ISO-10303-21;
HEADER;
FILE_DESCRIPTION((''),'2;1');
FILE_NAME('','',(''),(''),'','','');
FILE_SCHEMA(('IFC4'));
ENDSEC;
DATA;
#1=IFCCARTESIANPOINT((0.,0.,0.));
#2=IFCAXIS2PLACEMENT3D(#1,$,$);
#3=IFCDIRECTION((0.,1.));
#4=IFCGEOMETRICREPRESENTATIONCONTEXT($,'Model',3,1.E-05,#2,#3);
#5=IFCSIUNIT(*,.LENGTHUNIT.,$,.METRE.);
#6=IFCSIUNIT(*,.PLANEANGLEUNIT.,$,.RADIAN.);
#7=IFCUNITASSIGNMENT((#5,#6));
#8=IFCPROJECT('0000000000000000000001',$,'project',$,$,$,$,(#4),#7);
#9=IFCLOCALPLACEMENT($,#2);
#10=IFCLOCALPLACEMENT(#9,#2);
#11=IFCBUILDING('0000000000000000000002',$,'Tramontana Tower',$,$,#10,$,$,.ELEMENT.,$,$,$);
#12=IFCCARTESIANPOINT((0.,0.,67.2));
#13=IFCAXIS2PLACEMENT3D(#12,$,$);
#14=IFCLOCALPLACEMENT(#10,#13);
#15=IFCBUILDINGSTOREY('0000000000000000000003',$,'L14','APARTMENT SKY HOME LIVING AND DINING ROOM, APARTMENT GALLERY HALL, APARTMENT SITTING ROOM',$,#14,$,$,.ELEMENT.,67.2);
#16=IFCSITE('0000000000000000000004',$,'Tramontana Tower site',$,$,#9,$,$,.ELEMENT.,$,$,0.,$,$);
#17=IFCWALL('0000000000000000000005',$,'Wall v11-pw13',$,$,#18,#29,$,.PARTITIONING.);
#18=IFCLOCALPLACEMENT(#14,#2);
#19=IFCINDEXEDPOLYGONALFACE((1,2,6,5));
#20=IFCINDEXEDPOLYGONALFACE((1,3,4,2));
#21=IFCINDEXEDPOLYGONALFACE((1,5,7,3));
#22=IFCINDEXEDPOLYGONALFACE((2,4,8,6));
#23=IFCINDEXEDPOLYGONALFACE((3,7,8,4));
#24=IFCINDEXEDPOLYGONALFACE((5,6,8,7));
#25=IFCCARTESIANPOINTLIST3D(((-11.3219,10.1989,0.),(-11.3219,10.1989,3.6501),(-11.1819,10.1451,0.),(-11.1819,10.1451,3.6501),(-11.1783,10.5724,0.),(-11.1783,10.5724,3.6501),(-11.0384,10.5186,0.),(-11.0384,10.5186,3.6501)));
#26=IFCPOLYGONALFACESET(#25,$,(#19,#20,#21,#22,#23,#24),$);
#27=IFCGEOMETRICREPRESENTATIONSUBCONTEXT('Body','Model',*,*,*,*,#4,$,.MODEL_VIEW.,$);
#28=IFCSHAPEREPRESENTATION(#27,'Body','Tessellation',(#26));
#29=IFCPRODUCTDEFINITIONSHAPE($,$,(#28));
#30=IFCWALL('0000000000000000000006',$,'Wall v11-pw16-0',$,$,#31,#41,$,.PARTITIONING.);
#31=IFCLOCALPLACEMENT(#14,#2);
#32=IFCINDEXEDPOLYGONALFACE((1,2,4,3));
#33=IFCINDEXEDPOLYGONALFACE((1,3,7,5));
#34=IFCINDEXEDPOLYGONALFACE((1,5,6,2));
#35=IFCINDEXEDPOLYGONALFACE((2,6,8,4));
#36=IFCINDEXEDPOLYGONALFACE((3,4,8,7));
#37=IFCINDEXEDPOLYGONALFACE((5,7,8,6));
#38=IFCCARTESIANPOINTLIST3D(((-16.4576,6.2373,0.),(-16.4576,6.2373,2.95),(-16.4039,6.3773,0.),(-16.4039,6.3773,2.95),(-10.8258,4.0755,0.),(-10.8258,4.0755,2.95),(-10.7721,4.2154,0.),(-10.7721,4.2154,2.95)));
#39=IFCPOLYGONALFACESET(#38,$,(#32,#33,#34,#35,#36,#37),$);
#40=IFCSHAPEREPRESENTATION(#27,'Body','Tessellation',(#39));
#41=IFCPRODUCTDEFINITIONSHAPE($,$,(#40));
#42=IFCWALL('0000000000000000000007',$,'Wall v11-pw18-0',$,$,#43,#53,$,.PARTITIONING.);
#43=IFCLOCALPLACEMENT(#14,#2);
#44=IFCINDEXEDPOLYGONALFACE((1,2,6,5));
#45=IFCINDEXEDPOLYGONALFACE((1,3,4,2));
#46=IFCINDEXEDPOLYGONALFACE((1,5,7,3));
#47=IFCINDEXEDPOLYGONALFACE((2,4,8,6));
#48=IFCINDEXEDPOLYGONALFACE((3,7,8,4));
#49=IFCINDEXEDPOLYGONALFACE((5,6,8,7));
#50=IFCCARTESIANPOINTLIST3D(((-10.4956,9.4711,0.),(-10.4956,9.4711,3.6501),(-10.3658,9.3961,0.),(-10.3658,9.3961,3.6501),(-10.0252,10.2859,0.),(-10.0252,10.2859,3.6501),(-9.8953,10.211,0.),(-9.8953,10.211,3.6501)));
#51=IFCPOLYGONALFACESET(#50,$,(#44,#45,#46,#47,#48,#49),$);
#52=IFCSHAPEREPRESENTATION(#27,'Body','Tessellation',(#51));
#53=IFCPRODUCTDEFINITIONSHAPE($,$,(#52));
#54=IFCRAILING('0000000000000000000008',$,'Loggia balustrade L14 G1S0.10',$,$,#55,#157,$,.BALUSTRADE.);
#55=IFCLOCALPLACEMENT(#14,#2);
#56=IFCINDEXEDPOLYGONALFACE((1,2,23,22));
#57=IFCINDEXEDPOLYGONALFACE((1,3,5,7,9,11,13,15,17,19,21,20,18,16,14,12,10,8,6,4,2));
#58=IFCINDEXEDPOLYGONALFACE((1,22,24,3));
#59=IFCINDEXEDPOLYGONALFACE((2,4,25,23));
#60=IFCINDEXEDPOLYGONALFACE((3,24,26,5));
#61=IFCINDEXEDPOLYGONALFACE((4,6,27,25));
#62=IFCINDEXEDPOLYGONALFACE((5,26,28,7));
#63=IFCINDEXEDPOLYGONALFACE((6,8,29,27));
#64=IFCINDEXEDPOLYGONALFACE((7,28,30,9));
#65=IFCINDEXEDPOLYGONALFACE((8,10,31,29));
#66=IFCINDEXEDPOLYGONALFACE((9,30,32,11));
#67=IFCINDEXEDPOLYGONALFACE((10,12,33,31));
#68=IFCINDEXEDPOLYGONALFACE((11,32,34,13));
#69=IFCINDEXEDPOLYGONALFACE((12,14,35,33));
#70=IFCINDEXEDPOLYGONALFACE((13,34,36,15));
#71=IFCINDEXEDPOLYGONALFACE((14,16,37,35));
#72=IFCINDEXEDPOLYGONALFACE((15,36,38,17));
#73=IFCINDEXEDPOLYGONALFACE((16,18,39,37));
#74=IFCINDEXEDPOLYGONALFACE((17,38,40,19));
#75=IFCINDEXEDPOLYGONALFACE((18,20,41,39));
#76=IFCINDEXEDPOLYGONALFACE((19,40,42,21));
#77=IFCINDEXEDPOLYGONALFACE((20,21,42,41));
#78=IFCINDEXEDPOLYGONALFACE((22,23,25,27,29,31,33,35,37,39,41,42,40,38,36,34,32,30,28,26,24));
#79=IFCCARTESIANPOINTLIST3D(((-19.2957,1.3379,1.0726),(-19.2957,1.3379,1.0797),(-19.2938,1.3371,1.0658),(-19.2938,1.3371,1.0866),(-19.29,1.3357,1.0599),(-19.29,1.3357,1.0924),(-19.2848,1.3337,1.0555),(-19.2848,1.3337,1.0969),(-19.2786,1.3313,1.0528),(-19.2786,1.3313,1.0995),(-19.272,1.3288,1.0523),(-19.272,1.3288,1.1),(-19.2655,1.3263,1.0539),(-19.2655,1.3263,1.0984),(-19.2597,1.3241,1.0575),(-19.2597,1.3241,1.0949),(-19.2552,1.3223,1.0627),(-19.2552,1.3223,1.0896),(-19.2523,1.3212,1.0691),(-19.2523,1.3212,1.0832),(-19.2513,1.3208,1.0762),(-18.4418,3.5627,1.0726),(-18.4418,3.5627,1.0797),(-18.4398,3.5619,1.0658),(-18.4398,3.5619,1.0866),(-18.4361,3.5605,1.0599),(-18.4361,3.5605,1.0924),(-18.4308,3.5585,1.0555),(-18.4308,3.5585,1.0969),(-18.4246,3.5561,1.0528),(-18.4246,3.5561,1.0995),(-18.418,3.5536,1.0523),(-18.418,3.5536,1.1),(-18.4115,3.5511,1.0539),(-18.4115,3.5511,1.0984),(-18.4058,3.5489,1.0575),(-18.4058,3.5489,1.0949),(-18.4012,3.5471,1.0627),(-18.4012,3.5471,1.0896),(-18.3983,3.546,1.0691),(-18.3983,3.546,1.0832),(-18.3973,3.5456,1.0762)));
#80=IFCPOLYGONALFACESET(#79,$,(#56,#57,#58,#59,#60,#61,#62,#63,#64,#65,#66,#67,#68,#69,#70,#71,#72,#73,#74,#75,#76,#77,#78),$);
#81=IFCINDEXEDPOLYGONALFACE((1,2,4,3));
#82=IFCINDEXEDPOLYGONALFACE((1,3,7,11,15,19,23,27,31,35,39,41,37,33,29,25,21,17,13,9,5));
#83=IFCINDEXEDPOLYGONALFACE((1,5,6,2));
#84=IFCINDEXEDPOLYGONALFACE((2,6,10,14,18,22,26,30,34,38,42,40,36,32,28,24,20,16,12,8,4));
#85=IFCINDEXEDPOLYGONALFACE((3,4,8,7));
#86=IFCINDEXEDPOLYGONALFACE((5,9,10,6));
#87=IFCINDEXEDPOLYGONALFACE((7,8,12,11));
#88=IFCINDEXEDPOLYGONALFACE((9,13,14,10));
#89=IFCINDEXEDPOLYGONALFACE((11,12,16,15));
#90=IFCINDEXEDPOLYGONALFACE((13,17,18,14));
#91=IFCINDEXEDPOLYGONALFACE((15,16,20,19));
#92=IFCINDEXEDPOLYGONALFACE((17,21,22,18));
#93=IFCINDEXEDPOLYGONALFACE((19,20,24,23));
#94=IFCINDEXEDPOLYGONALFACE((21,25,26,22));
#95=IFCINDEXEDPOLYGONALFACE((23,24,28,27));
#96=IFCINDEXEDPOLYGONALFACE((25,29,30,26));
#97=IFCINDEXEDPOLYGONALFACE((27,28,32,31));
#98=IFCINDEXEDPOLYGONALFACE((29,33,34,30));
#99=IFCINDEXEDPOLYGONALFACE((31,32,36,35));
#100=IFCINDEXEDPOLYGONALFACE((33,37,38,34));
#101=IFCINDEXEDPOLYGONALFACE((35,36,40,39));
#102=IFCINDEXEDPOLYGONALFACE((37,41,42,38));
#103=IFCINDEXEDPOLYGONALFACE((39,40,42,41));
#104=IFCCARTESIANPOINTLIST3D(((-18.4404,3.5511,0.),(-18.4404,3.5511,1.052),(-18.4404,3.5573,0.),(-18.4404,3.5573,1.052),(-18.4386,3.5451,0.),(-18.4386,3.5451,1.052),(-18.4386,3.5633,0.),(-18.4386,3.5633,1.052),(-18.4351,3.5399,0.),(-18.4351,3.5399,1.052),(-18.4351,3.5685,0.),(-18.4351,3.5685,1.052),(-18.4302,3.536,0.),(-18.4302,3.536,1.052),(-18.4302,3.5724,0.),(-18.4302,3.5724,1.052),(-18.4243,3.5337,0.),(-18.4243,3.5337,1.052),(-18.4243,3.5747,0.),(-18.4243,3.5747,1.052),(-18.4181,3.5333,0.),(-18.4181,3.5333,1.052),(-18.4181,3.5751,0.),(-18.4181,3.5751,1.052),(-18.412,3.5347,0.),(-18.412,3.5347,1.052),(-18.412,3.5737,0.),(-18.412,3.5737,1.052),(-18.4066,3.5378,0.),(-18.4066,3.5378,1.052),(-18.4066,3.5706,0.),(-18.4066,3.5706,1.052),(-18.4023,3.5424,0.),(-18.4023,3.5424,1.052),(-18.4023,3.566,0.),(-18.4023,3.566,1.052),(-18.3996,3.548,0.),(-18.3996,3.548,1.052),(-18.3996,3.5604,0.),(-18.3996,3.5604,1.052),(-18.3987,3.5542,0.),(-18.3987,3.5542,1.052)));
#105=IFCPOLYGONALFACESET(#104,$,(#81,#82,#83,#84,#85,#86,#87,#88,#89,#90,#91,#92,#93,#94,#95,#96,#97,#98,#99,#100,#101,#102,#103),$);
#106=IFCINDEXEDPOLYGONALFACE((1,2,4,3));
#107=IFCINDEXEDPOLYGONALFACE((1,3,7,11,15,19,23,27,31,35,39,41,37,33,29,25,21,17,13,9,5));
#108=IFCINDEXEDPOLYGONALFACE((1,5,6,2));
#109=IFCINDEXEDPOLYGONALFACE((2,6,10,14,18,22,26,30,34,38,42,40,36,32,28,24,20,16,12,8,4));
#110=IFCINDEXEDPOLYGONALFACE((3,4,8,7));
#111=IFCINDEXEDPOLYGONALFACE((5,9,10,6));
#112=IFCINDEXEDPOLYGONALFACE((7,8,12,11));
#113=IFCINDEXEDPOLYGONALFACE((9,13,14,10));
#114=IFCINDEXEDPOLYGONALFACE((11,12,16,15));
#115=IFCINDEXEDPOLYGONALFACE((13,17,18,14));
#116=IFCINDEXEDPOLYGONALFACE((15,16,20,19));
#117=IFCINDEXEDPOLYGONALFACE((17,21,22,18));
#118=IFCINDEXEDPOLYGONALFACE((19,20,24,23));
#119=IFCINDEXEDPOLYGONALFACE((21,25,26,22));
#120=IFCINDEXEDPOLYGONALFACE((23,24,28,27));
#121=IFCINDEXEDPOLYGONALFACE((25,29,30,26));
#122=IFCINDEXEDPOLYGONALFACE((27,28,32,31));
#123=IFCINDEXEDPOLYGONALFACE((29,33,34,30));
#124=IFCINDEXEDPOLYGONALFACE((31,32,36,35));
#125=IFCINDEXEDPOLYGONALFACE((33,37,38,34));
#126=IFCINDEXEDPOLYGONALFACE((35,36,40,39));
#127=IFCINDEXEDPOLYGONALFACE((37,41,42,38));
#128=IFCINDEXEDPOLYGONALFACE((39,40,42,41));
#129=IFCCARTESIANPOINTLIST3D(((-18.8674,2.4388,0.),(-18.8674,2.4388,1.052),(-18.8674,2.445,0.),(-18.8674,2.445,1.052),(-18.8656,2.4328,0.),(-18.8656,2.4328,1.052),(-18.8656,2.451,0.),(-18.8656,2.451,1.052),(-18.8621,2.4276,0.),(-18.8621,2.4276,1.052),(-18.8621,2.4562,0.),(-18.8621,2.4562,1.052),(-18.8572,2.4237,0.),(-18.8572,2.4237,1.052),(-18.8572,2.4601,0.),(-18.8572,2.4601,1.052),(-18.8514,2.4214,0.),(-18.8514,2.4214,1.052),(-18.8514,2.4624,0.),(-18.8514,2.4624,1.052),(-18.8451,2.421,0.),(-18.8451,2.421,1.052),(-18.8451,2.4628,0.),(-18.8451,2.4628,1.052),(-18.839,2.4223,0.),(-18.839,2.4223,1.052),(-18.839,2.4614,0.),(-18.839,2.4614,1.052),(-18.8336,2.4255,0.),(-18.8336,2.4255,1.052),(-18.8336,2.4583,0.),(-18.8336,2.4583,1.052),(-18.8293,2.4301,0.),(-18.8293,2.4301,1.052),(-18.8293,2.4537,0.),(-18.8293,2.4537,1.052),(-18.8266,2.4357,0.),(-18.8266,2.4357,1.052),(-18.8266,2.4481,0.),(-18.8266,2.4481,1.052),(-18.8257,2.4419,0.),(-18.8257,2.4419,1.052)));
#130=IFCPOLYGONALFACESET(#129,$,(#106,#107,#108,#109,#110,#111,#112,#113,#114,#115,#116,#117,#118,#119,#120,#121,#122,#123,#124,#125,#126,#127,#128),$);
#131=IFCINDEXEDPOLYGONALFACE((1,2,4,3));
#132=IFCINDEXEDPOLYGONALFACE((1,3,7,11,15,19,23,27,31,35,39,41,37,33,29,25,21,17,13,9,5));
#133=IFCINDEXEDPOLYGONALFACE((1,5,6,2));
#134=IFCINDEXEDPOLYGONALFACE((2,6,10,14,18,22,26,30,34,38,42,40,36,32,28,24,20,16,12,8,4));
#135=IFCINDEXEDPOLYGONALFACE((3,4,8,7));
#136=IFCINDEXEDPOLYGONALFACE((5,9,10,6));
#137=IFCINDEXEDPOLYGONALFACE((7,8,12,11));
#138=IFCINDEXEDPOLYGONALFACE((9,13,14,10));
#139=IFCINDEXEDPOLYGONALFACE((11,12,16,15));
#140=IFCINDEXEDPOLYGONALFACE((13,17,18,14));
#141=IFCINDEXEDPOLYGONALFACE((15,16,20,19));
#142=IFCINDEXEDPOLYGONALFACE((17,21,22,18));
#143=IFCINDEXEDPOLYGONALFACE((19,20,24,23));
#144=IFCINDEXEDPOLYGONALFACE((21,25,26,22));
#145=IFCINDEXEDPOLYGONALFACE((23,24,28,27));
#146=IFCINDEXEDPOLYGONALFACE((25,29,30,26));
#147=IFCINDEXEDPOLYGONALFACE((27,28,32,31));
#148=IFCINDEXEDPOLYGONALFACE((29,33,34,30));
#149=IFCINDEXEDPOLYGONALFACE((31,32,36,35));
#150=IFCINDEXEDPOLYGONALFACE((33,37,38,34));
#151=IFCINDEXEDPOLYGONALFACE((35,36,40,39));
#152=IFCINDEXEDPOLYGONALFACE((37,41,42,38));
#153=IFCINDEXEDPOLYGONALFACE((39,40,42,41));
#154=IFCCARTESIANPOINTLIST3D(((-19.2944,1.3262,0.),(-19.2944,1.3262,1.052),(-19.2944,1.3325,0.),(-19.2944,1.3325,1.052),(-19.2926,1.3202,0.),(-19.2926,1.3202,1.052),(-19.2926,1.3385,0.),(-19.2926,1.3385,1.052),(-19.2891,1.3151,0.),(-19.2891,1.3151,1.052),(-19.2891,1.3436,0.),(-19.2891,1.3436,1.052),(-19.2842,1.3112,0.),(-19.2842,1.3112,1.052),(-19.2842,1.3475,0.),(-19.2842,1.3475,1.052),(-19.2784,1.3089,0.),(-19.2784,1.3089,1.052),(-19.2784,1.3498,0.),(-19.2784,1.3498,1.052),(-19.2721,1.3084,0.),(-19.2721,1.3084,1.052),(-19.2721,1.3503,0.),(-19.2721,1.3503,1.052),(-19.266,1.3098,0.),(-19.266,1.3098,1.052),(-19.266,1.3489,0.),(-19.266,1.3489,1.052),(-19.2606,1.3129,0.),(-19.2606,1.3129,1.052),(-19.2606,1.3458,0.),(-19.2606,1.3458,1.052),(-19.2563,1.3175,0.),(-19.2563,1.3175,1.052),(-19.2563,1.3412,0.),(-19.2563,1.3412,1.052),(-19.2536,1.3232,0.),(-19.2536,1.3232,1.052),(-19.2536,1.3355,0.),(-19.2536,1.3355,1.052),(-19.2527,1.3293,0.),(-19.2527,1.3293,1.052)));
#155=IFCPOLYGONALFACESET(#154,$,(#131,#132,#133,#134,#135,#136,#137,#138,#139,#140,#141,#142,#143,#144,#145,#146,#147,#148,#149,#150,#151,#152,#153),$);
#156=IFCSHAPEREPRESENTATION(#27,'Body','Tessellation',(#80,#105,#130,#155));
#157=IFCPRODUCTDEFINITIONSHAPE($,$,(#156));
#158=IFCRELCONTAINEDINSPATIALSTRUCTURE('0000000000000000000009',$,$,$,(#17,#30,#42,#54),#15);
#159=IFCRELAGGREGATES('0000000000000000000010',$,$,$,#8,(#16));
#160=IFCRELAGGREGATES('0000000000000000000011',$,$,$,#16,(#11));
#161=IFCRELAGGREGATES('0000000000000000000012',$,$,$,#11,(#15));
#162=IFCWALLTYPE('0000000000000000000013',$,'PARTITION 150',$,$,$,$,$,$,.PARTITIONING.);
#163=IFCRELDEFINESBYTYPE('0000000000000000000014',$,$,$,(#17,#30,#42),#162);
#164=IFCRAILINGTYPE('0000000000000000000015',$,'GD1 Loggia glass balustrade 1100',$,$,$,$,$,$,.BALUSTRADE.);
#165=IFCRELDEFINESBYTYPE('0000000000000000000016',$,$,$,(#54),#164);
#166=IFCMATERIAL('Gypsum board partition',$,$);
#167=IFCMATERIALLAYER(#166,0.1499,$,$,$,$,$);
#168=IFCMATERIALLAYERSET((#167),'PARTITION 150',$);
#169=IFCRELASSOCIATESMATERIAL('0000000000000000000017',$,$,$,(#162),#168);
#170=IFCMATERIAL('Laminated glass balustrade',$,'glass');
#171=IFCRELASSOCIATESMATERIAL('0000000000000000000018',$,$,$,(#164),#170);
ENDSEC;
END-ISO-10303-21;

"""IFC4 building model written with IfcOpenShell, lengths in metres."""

from ifc_helpers import new_model, si_unit, direction, frame, frame_2d, origin, origin_2d, place, context, subcontext, project, spatial, rectangle, circle, extrude, material, layer, layer_set, type_object, element, save


model = new_model("IFC4")

# Units and contexts
model_context = context("Model", 3, precision=1e-05, world=origin(), true_north=direction((0.0, 1.0)))
body_context = subcontext(model_context, "Body", "Model", "MODEL_VIEW")
ifc_project = project(units=[si_unit("LENGTHUNIT", "METRE"), si_unit("PLANEANGLEUNIT", "RADIAN")], contexts=[model_context])

# Site, building, storey
site_placement = place(None, origin())
site = spatial("IfcSite", under=ifc_project, at=site_placement, Name="Tramontana Tower site", CompositionType="ELEMENT", RefElevation=0.0)
building_placement = place(site_placement, origin())
building = spatial("IfcBuilding", under=site, at=building_placement, Name="Tramontana Tower", CompositionType="ELEMENT")
storey_placement = place(building_placement, frame((0.0, 0.0, 67.2)))
storey = spatial("IfcBuildingStorey", under=building, at=storey_placement, Name="L14", Description="APARTMENT SKY HOME LIVING AND DINING ROOM, APARTMENT GALLERY HALL, APARTMENT SITTING ROOM", CompositionType="ELEMENT", Elevation=67.2)

# Shared definitions
ifc_material_1 = material(Name="Gypsum board partition")
ifc_layer_1 = layer(ifc_material_1, 0.1499)
ifc_layer_set_1 = layer_set([ifc_layer_1], Name="PARTITION 150")
wall_type_1 = type_object("IfcWallType", Name="PARTITION 150", PredefinedType="PARTITIONING", material=ifc_layer_set_1)

# Walls
wall_1_placement = place(storey_placement, frame((-11.252, 10.1719, 0.0), z_axis=(0.0, 0.0, 1.0), x_axis=(0.358734, 0.93344, 0.0)))
element("IfcWall", 1, at=wall_1_placement, inside=storey, type_object=wall_type_1, Name="Wall v11-pw13", PredefinedType="PARTITIONING", context=body_context, shape_type="SweptSolid", body=[
    extrude(rectangle(XDim=0.4001, YDim=0.1499, at=frame_2d((0.2002, 0.0))), origin(), (0.0, 0.0, 1.0), 3.6501),
])
wall_2_placement = place(storey_placement, frame((-10.7991, 4.1455, 0.0), z_axis=(0.0, 0.0, 1.0), x_axis=(-0.93358, 0.358369, 0.0)))
element("IfcWall", 2, at=wall_2_placement, inside=storey, type_object=wall_type_1, Name="Wall v11-pw16-0", PredefinedType="PARTITIONING", context=body_context, shape_type="SweptSolid", body=[
    extrude(rectangle(XDim=6.0325, YDim=0.1499, at=frame_2d((3.0161, 0.0))), origin(), (0.0, 0.0, 1.0), 2.95),
])
wall_3_placement = place(storey_placement, frame((-10.4307, 9.4336, 0.0), z_axis=(0.0, 0.0, 1.0), x_axis=(0.499962, 0.866047, 0.0)))
element("IfcWall", 3, at=wall_3_placement, inside=storey, type_object=wall_type_1, Name="Wall v11-pw18-0", PredefinedType="PARTITIONING", context=body_context, shape_type="SweptSolid", body=[
    extrude(rectangle(XDim=0.9409, YDim=0.1499, at=frame_2d((0.4705, 0.0))), origin(), (0.0, 0.0, 1.0), 3.6501),
])

# Railing
ifc_material_2 = material(Name="Laminated glass balustrade", Category="glass")
railing_type = type_object("IfcRailingType", Name="GD1 Loggia glass balustrade 1100", PredefinedType="BALUSTRADE", material=ifc_material_2)
railing_placement = place(storey_placement, frame((-18.4197, 3.5542, 0.0)))
element("IfcRailing", 4, at=railing_placement, inside=storey, type_object=railing_type, Name="Loggia balustrade L14 G1S0.10", PredefinedType="BALUSTRADE", context=body_context, shape_type="SweptSolid", body=[
    extrude(circle(Radius=0.0239, at=origin_2d()), frame((0.0, 0.0, 1.0762), z_axis=(-0.358354, -0.933586, 0.0), x_axis=(0.933586, -0.358354, 0.0)), (0.0, 0.0, 1.0), 2.3831),
    extrude(circle(Radius=0.021, at=origin_2d()), origin(), (0.0, 0.0, 1.0), 1.052),
    extrude(circle(Radius=0.021, at=origin_2d()), frame((-0.427, -1.1123, 0.0)), (0.0, 0.0, 1.0), 1.052),
    extrude(circle(Radius=0.021, at=origin_2d()), frame((-0.854, -2.2249, 0.0)), (0.0, 0.0, 1.0), 1.052),
])

save(model, "model.ifc")
